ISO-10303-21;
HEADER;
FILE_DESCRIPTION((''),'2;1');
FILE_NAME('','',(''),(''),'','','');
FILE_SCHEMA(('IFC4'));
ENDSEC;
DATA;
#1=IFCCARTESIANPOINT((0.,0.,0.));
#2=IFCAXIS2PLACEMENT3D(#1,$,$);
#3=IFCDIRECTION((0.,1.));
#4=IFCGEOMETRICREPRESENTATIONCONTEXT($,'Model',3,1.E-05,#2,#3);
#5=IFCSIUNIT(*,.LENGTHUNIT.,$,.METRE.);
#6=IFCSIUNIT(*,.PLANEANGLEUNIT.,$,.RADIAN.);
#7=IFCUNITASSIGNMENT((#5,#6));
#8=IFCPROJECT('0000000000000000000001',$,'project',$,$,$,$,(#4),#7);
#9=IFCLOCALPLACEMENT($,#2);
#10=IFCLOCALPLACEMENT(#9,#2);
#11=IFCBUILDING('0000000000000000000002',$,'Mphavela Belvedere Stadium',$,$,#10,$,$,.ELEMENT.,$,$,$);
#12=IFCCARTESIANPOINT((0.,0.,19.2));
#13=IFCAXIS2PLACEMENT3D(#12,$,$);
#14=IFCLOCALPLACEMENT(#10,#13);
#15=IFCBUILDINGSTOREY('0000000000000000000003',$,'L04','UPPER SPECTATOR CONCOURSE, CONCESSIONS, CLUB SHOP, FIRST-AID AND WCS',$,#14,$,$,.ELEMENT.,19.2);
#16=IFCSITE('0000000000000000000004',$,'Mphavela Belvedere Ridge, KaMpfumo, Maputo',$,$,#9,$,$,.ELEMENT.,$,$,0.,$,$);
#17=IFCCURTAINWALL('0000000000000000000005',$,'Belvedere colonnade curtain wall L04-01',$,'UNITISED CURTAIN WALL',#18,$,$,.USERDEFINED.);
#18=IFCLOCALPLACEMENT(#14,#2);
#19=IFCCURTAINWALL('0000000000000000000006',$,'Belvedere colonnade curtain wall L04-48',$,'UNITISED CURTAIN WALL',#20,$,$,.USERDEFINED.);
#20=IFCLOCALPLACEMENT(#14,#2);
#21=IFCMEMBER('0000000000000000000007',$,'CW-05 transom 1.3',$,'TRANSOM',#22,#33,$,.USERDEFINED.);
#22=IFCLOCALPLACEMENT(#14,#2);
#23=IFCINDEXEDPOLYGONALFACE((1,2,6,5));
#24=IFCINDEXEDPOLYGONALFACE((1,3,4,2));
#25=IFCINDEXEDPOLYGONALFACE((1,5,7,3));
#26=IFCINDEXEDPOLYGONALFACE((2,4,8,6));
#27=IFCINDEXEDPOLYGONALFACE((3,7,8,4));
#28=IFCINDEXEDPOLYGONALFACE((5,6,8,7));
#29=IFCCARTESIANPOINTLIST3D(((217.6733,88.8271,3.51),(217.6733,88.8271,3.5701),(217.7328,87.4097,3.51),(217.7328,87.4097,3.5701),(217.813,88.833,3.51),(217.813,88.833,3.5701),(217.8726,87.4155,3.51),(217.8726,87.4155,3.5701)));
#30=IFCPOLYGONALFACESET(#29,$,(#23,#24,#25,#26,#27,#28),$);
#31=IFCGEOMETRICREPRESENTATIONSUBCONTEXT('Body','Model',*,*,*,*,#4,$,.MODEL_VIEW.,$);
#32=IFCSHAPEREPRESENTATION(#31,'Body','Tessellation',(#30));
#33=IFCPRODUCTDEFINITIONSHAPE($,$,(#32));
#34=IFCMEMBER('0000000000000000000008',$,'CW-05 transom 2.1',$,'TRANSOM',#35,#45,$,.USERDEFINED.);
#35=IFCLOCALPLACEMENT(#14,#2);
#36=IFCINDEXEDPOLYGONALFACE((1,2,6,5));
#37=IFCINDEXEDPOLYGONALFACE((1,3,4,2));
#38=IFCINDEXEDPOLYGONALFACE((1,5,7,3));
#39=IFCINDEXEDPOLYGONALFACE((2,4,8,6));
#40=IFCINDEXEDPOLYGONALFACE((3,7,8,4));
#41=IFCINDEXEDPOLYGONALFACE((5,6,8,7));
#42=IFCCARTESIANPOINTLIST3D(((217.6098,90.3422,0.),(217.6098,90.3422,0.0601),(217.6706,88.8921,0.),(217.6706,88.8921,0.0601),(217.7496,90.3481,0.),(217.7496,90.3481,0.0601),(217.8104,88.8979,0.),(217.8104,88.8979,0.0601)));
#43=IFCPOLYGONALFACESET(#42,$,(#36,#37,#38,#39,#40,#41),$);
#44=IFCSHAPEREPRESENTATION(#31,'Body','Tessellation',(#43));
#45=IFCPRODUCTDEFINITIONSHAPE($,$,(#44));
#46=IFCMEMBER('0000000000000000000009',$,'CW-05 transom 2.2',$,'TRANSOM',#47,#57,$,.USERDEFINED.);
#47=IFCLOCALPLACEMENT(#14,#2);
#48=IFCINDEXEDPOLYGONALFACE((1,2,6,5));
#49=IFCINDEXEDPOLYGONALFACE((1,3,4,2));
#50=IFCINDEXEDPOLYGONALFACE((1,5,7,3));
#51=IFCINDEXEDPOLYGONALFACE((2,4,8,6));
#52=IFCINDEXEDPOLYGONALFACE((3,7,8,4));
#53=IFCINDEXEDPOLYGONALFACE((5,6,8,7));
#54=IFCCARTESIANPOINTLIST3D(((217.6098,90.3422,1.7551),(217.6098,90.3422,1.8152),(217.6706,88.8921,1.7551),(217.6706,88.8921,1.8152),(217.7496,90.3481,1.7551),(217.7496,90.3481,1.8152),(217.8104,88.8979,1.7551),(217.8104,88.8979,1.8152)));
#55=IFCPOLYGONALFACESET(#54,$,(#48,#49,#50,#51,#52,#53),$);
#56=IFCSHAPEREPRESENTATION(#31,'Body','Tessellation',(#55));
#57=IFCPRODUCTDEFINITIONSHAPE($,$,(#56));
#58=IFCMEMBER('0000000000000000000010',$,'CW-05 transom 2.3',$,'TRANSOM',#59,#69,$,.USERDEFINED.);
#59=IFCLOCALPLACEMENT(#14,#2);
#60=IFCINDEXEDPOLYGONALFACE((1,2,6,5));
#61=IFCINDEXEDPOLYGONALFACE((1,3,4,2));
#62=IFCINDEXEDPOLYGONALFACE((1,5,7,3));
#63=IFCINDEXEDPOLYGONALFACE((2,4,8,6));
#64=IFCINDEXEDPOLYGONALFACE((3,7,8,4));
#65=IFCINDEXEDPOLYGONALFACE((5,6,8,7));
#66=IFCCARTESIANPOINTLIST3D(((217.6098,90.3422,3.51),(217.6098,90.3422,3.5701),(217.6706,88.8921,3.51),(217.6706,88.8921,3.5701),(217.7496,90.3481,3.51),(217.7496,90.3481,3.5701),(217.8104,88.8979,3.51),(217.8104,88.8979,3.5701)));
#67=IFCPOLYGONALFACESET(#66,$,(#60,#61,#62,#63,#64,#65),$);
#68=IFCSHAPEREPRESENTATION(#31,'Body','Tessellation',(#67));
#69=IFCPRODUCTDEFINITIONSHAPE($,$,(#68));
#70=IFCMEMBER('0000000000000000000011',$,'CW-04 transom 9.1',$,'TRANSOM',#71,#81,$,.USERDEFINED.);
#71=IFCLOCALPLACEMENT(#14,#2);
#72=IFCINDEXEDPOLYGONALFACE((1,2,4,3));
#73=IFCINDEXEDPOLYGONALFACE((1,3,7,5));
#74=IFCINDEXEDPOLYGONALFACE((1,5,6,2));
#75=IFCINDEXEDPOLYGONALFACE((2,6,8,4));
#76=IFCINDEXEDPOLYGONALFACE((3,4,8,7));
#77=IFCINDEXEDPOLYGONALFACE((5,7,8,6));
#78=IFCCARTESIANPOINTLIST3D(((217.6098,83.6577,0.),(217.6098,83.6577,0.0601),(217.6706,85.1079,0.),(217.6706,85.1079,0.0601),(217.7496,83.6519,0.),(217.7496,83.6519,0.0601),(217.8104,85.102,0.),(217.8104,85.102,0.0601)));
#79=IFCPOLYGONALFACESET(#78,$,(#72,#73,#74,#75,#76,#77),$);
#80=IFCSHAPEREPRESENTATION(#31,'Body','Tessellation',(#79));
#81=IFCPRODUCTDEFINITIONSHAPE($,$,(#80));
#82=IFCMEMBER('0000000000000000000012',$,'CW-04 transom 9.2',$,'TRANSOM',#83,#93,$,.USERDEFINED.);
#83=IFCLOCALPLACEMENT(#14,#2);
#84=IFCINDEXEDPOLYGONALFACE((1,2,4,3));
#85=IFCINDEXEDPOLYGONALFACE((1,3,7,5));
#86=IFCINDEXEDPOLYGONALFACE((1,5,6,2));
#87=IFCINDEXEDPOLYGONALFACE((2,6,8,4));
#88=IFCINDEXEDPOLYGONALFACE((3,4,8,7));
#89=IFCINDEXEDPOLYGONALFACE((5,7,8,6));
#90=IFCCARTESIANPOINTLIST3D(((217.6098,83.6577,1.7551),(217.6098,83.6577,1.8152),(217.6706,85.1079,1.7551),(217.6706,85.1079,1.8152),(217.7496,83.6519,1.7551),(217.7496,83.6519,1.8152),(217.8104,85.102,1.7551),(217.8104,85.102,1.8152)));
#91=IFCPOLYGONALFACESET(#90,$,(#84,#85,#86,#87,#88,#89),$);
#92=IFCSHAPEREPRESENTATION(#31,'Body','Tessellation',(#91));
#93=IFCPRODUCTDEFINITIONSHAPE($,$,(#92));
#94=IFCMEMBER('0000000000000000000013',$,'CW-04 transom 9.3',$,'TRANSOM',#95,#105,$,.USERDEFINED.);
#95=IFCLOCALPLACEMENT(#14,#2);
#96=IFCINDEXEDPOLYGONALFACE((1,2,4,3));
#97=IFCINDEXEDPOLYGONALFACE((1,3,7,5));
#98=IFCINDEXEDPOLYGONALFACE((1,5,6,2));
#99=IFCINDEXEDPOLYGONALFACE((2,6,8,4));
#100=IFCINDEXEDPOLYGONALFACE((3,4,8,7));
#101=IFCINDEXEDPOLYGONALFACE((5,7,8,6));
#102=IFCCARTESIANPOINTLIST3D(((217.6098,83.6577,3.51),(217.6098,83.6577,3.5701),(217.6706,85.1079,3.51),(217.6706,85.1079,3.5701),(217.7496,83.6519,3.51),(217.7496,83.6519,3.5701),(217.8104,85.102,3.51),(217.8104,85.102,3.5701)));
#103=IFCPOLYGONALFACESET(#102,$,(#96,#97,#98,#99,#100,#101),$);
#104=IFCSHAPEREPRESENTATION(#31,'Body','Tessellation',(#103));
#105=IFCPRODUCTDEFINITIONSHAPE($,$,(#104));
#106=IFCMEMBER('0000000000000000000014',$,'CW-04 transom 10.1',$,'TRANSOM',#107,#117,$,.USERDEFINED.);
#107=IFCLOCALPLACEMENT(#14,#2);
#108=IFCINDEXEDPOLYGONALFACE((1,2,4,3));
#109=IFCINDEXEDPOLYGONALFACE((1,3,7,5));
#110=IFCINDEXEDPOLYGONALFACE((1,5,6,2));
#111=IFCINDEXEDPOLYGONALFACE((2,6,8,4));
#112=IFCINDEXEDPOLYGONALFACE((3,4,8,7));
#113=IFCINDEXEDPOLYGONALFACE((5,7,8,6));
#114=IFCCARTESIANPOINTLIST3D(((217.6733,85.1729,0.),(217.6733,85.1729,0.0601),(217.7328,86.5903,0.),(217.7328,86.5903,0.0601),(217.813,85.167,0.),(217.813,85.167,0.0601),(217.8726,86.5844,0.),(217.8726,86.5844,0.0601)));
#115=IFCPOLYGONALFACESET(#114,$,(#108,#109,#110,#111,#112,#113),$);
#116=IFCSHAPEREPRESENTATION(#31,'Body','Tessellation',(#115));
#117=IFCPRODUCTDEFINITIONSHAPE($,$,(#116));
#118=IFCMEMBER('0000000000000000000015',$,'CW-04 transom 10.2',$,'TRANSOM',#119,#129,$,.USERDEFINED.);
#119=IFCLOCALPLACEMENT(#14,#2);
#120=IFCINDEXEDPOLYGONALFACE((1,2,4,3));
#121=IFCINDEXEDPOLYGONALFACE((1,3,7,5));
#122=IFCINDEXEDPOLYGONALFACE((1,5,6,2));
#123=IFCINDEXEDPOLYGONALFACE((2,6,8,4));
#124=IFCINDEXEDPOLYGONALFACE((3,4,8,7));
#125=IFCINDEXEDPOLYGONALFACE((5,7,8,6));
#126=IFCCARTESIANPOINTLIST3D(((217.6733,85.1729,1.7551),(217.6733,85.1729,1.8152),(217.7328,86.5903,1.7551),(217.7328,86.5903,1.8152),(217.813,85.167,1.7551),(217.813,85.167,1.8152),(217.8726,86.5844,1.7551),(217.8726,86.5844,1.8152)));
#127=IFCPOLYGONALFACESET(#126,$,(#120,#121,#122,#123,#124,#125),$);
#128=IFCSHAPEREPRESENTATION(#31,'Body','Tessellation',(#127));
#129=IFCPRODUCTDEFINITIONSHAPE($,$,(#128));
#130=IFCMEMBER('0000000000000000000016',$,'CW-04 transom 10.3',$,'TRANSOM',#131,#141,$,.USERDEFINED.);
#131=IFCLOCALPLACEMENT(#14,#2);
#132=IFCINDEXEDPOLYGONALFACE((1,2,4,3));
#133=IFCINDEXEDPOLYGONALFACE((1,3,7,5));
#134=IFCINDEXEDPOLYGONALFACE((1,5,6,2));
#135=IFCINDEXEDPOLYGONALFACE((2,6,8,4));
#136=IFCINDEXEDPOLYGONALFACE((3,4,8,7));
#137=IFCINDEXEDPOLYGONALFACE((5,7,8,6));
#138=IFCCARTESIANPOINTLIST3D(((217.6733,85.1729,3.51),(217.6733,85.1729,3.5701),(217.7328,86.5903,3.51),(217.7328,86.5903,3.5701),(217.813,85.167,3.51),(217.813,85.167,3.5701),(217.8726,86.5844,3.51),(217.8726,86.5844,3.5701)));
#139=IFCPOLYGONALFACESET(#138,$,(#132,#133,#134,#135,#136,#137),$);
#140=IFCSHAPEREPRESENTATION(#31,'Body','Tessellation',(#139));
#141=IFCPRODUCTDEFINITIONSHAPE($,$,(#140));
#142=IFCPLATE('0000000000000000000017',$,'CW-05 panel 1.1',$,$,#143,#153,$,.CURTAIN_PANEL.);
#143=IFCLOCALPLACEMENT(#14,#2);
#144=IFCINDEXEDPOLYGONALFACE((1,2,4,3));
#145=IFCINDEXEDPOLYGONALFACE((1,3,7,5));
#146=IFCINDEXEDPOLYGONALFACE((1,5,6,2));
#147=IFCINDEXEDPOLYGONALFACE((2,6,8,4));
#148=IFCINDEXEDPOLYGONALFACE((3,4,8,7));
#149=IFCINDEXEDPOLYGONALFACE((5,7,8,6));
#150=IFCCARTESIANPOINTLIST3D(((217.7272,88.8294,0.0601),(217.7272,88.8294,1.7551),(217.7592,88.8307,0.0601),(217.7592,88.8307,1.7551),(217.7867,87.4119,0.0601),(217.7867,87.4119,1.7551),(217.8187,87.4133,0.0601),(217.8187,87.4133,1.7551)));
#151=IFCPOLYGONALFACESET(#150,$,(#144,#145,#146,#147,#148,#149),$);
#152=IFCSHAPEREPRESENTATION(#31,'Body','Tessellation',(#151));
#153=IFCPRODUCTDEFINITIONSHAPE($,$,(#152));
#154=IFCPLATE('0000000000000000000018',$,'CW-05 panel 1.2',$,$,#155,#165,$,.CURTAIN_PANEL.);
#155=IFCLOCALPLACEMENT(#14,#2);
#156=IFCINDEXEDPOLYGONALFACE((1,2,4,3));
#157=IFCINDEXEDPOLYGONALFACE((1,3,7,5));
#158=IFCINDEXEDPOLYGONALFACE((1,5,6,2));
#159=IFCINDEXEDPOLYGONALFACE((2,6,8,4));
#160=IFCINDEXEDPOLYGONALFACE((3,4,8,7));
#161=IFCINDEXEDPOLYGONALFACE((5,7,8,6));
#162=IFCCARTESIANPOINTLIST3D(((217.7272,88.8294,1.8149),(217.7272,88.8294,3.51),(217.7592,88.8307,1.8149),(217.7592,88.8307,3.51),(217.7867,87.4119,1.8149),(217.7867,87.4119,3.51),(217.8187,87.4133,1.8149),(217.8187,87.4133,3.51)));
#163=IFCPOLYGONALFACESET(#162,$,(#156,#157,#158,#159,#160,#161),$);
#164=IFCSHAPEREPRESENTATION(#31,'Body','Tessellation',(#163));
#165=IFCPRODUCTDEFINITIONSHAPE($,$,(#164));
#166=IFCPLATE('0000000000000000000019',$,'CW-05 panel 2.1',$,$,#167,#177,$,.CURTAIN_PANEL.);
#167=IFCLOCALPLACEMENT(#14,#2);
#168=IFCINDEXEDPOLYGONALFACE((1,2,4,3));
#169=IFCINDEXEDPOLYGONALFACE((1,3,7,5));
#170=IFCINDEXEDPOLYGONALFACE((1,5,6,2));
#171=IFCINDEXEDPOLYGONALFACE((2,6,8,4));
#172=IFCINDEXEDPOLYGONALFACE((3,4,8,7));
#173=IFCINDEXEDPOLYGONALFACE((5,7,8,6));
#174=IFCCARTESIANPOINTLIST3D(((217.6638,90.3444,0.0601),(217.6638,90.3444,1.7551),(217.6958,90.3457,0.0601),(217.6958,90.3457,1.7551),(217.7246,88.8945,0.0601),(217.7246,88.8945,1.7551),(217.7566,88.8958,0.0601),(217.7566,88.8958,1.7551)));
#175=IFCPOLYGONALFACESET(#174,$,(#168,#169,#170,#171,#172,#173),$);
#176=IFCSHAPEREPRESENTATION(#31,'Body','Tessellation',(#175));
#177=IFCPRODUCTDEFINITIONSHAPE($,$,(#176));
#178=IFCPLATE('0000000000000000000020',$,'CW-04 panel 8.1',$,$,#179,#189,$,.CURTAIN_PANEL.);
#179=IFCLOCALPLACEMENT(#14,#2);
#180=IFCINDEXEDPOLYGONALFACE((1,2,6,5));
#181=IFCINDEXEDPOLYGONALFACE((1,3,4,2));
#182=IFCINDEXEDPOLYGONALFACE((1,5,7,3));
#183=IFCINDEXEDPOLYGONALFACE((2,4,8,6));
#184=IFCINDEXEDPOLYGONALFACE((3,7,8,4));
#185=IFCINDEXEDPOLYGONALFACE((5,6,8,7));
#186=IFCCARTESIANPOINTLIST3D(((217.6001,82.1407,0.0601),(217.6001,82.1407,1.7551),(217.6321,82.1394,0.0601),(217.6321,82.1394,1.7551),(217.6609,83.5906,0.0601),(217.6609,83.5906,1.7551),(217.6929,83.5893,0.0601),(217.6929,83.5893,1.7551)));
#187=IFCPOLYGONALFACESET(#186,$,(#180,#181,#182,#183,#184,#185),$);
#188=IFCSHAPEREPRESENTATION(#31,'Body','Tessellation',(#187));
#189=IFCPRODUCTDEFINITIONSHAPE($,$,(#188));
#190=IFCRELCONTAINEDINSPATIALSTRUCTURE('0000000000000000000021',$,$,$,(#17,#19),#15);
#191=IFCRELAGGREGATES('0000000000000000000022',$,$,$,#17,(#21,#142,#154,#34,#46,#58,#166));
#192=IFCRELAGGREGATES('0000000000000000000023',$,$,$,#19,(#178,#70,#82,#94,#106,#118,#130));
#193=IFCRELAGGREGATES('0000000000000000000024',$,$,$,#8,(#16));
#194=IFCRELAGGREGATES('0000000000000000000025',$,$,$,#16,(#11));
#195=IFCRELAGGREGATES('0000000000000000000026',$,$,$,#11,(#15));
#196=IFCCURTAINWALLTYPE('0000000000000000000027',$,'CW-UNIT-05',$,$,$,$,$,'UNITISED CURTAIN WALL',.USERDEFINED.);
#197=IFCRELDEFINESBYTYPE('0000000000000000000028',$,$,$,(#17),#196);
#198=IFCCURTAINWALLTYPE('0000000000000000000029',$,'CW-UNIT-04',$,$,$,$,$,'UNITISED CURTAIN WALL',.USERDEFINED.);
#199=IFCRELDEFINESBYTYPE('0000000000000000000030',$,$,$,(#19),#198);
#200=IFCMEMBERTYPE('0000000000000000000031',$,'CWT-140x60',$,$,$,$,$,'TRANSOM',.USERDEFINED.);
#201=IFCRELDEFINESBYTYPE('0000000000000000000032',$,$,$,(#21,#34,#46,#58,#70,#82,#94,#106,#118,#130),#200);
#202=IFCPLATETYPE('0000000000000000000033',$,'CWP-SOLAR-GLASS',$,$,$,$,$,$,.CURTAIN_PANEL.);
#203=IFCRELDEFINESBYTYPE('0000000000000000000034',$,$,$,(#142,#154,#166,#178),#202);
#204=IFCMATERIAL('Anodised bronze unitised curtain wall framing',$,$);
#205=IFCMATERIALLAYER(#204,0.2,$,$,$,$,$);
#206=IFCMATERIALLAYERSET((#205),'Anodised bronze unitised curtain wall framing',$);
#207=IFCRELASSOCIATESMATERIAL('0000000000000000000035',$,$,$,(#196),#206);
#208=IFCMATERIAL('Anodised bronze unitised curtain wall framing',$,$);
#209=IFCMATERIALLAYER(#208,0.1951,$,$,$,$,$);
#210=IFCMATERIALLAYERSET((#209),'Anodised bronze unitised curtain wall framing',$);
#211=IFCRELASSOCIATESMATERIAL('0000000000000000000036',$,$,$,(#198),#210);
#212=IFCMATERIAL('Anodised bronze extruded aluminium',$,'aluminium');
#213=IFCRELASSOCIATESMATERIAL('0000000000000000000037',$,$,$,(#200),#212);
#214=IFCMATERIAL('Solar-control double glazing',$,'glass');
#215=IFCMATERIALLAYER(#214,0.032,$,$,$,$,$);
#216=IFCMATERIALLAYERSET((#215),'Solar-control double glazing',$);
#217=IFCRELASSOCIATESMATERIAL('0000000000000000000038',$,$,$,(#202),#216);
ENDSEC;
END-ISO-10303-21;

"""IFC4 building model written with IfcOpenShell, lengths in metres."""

from ifc_helpers import new_model, si_unit, direction, frame, origin, origin_2d, place, context, subcontext, project, spatial, rectangle, extrude, material, layer, layer_set, material_profile, profile_set, type_object, element, aggregate, save


model = new_model("IFC4")

# Units and contexts
model_context = context("Model", 3, precision=1e-05, world=origin(), true_north=direction((0.0, 1.0)))
body_context = subcontext(model_context, "Body", "Model", "MODEL_VIEW")
ifc_project = project(units=[si_unit("LENGTHUNIT", "METRE"), si_unit("PLANEANGLEUNIT", "RADIAN")], contexts=[model_context])

# Site, building, storey
site_placement = place(None, origin())
site = spatial("IfcSite", under=ifc_project, at=site_placement, Name="Mphavela Belvedere Ridge, KaMpfumo, Maputo", CompositionType="ELEMENT", RefElevation=0.0)
building_placement = place(site_placement, origin())
building = spatial("IfcBuilding", under=site, at=building_placement, Name="Mphavela Belvedere Stadium", CompositionType="ELEMENT")
storey_placement = place(building_placement, frame((0.0, 0.0, 19.2)))
storey = spatial("IfcBuildingStorey", under=building, at=storey_placement, Name="L04", Description="UPPER SPECTATOR CONCOURSE, CONCESSIONS, CLUB SHOP, FIRST-AID AND WCS", CompositionType="ELEMENT", Elevation=19.2)

# Curtain walls
ifc_material_1 = material(Name="Anodised bronze unitised curtain wall framing")
ifc_layer_1 = layer(ifc_material_1, 0.2)
ifc_layer_set_1 = layer_set([ifc_layer_1], Name="Anodised bronze unitised curtain wall framing")
curtain_wall_type_1 = type_object("IfcCurtainWallType", Name="CW-UNIT-05", ElementType="UNITISED CURTAIN WALL", PredefinedType="USERDEFINED", material=ifc_layer_set_1)
curtain_wall_1_placement = place(storey_placement, origin())
curtain_wall_1 = element("IfcCurtainWall", 1, at=curtain_wall_1_placement, inside=storey, type_object=curtain_wall_type_1, Name="Belvedere colonnade curtain wall L04-01", ObjectType="UNITISED CURTAIN WALL", PredefinedType="USERDEFINED")
ifc_material_2 = material(Name="Anodised bronze unitised curtain wall framing")
ifc_layer_2 = layer(ifc_material_2, 0.1951)
ifc_layer_set_2 = layer_set([ifc_layer_2], Name="Anodised bronze unitised curtain wall framing")
curtain_wall_type_2 = type_object("IfcCurtainWallType", Name="CW-UNIT-04", ElementType="UNITISED CURTAIN WALL", PredefinedType="USERDEFINED", material=ifc_layer_set_2)
curtain_wall_2_placement = place(storey_placement, origin())
curtain_wall_2 = element("IfcCurtainWall", 2, at=curtain_wall_2_placement, inside=storey, type_object=curtain_wall_type_2, Name="Belvedere colonnade curtain wall L04-48", ObjectType="UNITISED CURTAIN WALL", PredefinedType="USERDEFINED")

# Members
ifc_material_3 = material(Name="Anodised bronze extruded aluminium", Category="aluminium")
ifc_material_profile_1 = material_profile(ifc_material_3, rectangle(XDim=0.1399, YDim=0.0601, at=origin_2d()), Name="CW-TRN 140x60")
ifc_profile_set_1 = profile_set([ifc_material_profile_1], Name="Anodised bronze extruded aluminium")
member_type_1 = type_object("IfcMemberType", Name="CWT-140x60", ElementType="TRANSOM", PredefinedType="USERDEFINED", material=ifc_profile_set_1)
member_1_placement = place(storey_placement, frame((217.8027, 87.4126, 3.54), z_axis=(-0.041988, 0.999118, 0.0), x_axis=(-0.999118, -0.041988, 0.0)))
member_1 = element("IfcMember", 3, at=member_1_placement, type_object=member_type_1, Name="CW-05 transom 1.3", ObjectType="TRANSOM", PredefinedType="USERDEFINED", context=body_context, shape_type="SweptSolid", body=[
    extrude(rectangle(XDim=0.1399, YDim=0.0601, at=origin_2d()), origin(), (0.0, 0.0, 1.0), 1.4187),
])
member_2_placement = place(storey_placement, frame((217.7405, 88.895, 0.03), z_axis=(-0.041882, 0.999123, 0.0), x_axis=(-0.999123, -0.041882, 0.0)))
member_2 = element("IfcMember", 4, at=member_2_placement, type_object=member_type_1, Name="CW-05 transom 2.1", ObjectType="TRANSOM", PredefinedType="USERDEFINED", context=body_context, shape_type="SweptSolid", body=[
    extrude(rectangle(XDim=0.1399, YDim=0.0601, at=origin_2d()), origin(), (0.0, 0.0, 1.0), 1.4514),
])
member_3_placement = place(storey_placement, frame((217.7405, 88.895, 1.7852), z_axis=(-0.041882, 0.999123, 0.0), x_axis=(-0.999123, -0.041882, 0.0)))
member_3 = element("IfcMember", 5, at=member_3_placement, type_object=member_type_1, Name="CW-05 transom 2.2", ObjectType="TRANSOM", PredefinedType="USERDEFINED", context=body_context, shape_type="SweptSolid", body=[
    extrude(rectangle(XDim=0.1399, YDim=0.0601, at=origin_2d()), origin(), (0.0, 0.0, 1.0), 1.4514),
])
member_4_placement = place(storey_placement, frame((217.7405, 88.895, 3.54), z_axis=(-0.041882, 0.999123, 0.0), x_axis=(-0.999123, -0.041882, 0.0)))
member_4 = element("IfcMember", 6, at=member_4_placement, type_object=member_type_1, Name="CW-05 transom 2.3", ObjectType="TRANSOM", PredefinedType="USERDEFINED", context=body_context, shape_type="SweptSolid", body=[
    extrude(rectangle(XDim=0.1399, YDim=0.0601, at=origin_2d()), origin(), (0.0, 0.0, 1.0), 1.4514),
])
member_5_placement = place(storey_placement, frame((217.6797, 83.6548, 0.03), z_axis=(0.041882, 0.999123, 0.0), x_axis=(-0.999123, 0.041882, 0.0)))
member_5 = element("IfcMember", 7, at=member_5_placement, type_object=member_type_1, Name="CW-04 transom 9.1", ObjectType="TRANSOM", PredefinedType="USERDEFINED", context=body_context, shape_type="SweptSolid", body=[
    extrude(rectangle(XDim=0.1399, YDim=0.0601, at=origin_2d()), origin(), (0.0, 0.0, 1.0), 1.4514),
])
member_6_placement = place(storey_placement, frame((217.6797, 83.6548, 1.7852), z_axis=(0.041882, 0.999123, 0.0), x_axis=(-0.999123, 0.041882, 0.0)))
member_6 = element("IfcMember", 8, at=member_6_placement, type_object=member_type_1, Name="CW-04 transom 9.2", ObjectType="TRANSOM", PredefinedType="USERDEFINED", context=body_context, shape_type="SweptSolid", body=[
    extrude(rectangle(XDim=0.1399, YDim=0.0601, at=origin_2d()), origin(), (0.0, 0.0, 1.0), 1.4514),
])
member_7_placement = place(storey_placement, frame((217.6797, 83.6548, 3.54), z_axis=(0.041882, 0.999123, 0.0), x_axis=(-0.999123, 0.041882, 0.0)))
member_7 = element("IfcMember", 9, at=member_7_placement, type_object=member_type_1, Name="CW-04 transom 9.3", ObjectType="TRANSOM", PredefinedType="USERDEFINED", context=body_context, shape_type="SweptSolid", body=[
    extrude(rectangle(XDim=0.1399, YDim=0.0601, at=origin_2d()), origin(), (0.0, 0.0, 1.0), 1.4514),
])
member_8_placement = place(storey_placement, frame((217.7432, 85.1699, 0.03), z_axis=(0.041988, 0.999118, 0.0), x_axis=(-0.999118, 0.041988, 0.0)))
member_8 = element("IfcMember", 10, at=member_8_placement, type_object=member_type_1, Name="CW-04 transom 10.1", ObjectType="TRANSOM", PredefinedType="USERDEFINED", context=body_context, shape_type="SweptSolid", body=[
    extrude(rectangle(XDim=0.1399, YDim=0.0601, at=origin_2d()), origin(), (0.0, 0.0, 1.0), 1.4187),
])
member_9_placement = place(storey_placement, frame((217.7432, 85.1699, 1.7852), z_axis=(0.041988, 0.999118, 0.0), x_axis=(-0.999118, 0.041988, 0.0)))
member_9 = element("IfcMember", 11, at=member_9_placement, type_object=member_type_1, Name="CW-04 transom 10.2", ObjectType="TRANSOM", PredefinedType="USERDEFINED", context=body_context, shape_type="SweptSolid", body=[
    extrude(rectangle(XDim=0.1399, YDim=0.0601, at=origin_2d()), origin(), (0.0, 0.0, 1.0), 1.4187),
])
member_10_placement = place(storey_placement, frame((217.7432, 85.1699, 3.54), z_axis=(0.041988, 0.999118, 0.0), x_axis=(-0.999118, 0.041988, 0.0)))
member_10 = element("IfcMember", 12, at=member_10_placement, type_object=member_type_1, Name="CW-04 transom 10.3", ObjectType="TRANSOM", PredefinedType="USERDEFINED", context=body_context, shape_type="SweptSolid", body=[
    extrude(rectangle(XDim=0.1399, YDim=0.0601, at=origin_2d()), origin(), (0.0, 0.0, 1.0), 1.4187),
])

# Plates
ifc_material_4 = material(Name="Solar-control double glazing", Category="glass")
ifc_layer_3 = layer(ifc_material_4, 0.032)
ifc_layer_set_3 = layer_set([ifc_layer_3], Name="Solar-control double glazing")
plate_type = type_object("IfcPlateType", Name="CWP-SOLAR-GLASS", PredefinedType="CURTAIN_PANEL", material=ifc_layer_set_3)
plate_1_placement = place(storey_placement, frame((217.7729, 88.1213, 0.0601), z_axis=(0.0, 0.0, 1.0), x_axis=(-0.041905, 0.999122, 0.0)))
plate_1 = element("IfcPlate", 13, at=plate_1_placement, type_object=plate_type, Name="CW-05 panel 1.1", PredefinedType="CURTAIN_PANEL", context=body_context, shape_type="SweptSolid", body=[
    extrude(rectangle(XDim=1.4187, YDim=0.032, at=origin_2d()), origin(), (0.0, 0.0, 1.0), 1.6951),
])
plate_2_placement = place(storey_placement, frame((217.7729, 88.1213, 1.8149), z_axis=(0.0, 0.0, 1.0), x_axis=(-0.041905, 0.999122, 0.0)))
plate_2 = element("IfcPlate", 14, at=plate_2_placement, type_object=plate_type, Name="CW-05 panel 1.2", PredefinedType="CURTAIN_PANEL", context=body_context, shape_type="SweptSolid", body=[
    extrude(rectangle(XDim=1.4187, YDim=0.032, at=origin_2d()), origin(), (0.0, 0.0, 1.0), 1.6951),
])
plate_3_placement = place(storey_placement, frame((217.7102, 89.6201, 0.0601), z_axis=(0.0, 0.0, 1.0), x_axis=(-0.041905, 0.999122, 0.0)))
plate_3 = element("IfcPlate", 15, at=plate_3_placement, type_object=plate_type, Name="CW-05 panel 2.1", PredefinedType="CURTAIN_PANEL", context=body_context, shape_type="SweptSolid", body=[
    extrude(rectangle(XDim=1.4512, YDim=0.032, at=origin_2d()), origin(), (0.0, 0.0, 1.0), 1.6951),
])
aggregate(curtain_wall_1, [member_1, plate_1, plate_2, member_2, member_3, member_4, plate_3])
plate_4_placement = place(storey_placement, frame((217.6465, 82.865, 0.0601), z_axis=(0.0, 0.0, 1.0), x_axis=(0.041905, 0.999122, 0.0)))
plate_4 = element("IfcPlate", 16, at=plate_4_placement, type_object=plate_type, Name="CW-04 panel 8.1", PredefinedType="CURTAIN_PANEL", context=body_context, shape_type="SweptSolid", body=[
    extrude(rectangle(XDim=1.4512, YDim=0.032, at=origin_2d()), origin(), (0.0, 0.0, 1.0), 1.6951),
])
aggregate(curtain_wall_2, [plate_4, member_5, member_6, member_7, member_8, member_9, member_10])

save(model, "model.ifc")
